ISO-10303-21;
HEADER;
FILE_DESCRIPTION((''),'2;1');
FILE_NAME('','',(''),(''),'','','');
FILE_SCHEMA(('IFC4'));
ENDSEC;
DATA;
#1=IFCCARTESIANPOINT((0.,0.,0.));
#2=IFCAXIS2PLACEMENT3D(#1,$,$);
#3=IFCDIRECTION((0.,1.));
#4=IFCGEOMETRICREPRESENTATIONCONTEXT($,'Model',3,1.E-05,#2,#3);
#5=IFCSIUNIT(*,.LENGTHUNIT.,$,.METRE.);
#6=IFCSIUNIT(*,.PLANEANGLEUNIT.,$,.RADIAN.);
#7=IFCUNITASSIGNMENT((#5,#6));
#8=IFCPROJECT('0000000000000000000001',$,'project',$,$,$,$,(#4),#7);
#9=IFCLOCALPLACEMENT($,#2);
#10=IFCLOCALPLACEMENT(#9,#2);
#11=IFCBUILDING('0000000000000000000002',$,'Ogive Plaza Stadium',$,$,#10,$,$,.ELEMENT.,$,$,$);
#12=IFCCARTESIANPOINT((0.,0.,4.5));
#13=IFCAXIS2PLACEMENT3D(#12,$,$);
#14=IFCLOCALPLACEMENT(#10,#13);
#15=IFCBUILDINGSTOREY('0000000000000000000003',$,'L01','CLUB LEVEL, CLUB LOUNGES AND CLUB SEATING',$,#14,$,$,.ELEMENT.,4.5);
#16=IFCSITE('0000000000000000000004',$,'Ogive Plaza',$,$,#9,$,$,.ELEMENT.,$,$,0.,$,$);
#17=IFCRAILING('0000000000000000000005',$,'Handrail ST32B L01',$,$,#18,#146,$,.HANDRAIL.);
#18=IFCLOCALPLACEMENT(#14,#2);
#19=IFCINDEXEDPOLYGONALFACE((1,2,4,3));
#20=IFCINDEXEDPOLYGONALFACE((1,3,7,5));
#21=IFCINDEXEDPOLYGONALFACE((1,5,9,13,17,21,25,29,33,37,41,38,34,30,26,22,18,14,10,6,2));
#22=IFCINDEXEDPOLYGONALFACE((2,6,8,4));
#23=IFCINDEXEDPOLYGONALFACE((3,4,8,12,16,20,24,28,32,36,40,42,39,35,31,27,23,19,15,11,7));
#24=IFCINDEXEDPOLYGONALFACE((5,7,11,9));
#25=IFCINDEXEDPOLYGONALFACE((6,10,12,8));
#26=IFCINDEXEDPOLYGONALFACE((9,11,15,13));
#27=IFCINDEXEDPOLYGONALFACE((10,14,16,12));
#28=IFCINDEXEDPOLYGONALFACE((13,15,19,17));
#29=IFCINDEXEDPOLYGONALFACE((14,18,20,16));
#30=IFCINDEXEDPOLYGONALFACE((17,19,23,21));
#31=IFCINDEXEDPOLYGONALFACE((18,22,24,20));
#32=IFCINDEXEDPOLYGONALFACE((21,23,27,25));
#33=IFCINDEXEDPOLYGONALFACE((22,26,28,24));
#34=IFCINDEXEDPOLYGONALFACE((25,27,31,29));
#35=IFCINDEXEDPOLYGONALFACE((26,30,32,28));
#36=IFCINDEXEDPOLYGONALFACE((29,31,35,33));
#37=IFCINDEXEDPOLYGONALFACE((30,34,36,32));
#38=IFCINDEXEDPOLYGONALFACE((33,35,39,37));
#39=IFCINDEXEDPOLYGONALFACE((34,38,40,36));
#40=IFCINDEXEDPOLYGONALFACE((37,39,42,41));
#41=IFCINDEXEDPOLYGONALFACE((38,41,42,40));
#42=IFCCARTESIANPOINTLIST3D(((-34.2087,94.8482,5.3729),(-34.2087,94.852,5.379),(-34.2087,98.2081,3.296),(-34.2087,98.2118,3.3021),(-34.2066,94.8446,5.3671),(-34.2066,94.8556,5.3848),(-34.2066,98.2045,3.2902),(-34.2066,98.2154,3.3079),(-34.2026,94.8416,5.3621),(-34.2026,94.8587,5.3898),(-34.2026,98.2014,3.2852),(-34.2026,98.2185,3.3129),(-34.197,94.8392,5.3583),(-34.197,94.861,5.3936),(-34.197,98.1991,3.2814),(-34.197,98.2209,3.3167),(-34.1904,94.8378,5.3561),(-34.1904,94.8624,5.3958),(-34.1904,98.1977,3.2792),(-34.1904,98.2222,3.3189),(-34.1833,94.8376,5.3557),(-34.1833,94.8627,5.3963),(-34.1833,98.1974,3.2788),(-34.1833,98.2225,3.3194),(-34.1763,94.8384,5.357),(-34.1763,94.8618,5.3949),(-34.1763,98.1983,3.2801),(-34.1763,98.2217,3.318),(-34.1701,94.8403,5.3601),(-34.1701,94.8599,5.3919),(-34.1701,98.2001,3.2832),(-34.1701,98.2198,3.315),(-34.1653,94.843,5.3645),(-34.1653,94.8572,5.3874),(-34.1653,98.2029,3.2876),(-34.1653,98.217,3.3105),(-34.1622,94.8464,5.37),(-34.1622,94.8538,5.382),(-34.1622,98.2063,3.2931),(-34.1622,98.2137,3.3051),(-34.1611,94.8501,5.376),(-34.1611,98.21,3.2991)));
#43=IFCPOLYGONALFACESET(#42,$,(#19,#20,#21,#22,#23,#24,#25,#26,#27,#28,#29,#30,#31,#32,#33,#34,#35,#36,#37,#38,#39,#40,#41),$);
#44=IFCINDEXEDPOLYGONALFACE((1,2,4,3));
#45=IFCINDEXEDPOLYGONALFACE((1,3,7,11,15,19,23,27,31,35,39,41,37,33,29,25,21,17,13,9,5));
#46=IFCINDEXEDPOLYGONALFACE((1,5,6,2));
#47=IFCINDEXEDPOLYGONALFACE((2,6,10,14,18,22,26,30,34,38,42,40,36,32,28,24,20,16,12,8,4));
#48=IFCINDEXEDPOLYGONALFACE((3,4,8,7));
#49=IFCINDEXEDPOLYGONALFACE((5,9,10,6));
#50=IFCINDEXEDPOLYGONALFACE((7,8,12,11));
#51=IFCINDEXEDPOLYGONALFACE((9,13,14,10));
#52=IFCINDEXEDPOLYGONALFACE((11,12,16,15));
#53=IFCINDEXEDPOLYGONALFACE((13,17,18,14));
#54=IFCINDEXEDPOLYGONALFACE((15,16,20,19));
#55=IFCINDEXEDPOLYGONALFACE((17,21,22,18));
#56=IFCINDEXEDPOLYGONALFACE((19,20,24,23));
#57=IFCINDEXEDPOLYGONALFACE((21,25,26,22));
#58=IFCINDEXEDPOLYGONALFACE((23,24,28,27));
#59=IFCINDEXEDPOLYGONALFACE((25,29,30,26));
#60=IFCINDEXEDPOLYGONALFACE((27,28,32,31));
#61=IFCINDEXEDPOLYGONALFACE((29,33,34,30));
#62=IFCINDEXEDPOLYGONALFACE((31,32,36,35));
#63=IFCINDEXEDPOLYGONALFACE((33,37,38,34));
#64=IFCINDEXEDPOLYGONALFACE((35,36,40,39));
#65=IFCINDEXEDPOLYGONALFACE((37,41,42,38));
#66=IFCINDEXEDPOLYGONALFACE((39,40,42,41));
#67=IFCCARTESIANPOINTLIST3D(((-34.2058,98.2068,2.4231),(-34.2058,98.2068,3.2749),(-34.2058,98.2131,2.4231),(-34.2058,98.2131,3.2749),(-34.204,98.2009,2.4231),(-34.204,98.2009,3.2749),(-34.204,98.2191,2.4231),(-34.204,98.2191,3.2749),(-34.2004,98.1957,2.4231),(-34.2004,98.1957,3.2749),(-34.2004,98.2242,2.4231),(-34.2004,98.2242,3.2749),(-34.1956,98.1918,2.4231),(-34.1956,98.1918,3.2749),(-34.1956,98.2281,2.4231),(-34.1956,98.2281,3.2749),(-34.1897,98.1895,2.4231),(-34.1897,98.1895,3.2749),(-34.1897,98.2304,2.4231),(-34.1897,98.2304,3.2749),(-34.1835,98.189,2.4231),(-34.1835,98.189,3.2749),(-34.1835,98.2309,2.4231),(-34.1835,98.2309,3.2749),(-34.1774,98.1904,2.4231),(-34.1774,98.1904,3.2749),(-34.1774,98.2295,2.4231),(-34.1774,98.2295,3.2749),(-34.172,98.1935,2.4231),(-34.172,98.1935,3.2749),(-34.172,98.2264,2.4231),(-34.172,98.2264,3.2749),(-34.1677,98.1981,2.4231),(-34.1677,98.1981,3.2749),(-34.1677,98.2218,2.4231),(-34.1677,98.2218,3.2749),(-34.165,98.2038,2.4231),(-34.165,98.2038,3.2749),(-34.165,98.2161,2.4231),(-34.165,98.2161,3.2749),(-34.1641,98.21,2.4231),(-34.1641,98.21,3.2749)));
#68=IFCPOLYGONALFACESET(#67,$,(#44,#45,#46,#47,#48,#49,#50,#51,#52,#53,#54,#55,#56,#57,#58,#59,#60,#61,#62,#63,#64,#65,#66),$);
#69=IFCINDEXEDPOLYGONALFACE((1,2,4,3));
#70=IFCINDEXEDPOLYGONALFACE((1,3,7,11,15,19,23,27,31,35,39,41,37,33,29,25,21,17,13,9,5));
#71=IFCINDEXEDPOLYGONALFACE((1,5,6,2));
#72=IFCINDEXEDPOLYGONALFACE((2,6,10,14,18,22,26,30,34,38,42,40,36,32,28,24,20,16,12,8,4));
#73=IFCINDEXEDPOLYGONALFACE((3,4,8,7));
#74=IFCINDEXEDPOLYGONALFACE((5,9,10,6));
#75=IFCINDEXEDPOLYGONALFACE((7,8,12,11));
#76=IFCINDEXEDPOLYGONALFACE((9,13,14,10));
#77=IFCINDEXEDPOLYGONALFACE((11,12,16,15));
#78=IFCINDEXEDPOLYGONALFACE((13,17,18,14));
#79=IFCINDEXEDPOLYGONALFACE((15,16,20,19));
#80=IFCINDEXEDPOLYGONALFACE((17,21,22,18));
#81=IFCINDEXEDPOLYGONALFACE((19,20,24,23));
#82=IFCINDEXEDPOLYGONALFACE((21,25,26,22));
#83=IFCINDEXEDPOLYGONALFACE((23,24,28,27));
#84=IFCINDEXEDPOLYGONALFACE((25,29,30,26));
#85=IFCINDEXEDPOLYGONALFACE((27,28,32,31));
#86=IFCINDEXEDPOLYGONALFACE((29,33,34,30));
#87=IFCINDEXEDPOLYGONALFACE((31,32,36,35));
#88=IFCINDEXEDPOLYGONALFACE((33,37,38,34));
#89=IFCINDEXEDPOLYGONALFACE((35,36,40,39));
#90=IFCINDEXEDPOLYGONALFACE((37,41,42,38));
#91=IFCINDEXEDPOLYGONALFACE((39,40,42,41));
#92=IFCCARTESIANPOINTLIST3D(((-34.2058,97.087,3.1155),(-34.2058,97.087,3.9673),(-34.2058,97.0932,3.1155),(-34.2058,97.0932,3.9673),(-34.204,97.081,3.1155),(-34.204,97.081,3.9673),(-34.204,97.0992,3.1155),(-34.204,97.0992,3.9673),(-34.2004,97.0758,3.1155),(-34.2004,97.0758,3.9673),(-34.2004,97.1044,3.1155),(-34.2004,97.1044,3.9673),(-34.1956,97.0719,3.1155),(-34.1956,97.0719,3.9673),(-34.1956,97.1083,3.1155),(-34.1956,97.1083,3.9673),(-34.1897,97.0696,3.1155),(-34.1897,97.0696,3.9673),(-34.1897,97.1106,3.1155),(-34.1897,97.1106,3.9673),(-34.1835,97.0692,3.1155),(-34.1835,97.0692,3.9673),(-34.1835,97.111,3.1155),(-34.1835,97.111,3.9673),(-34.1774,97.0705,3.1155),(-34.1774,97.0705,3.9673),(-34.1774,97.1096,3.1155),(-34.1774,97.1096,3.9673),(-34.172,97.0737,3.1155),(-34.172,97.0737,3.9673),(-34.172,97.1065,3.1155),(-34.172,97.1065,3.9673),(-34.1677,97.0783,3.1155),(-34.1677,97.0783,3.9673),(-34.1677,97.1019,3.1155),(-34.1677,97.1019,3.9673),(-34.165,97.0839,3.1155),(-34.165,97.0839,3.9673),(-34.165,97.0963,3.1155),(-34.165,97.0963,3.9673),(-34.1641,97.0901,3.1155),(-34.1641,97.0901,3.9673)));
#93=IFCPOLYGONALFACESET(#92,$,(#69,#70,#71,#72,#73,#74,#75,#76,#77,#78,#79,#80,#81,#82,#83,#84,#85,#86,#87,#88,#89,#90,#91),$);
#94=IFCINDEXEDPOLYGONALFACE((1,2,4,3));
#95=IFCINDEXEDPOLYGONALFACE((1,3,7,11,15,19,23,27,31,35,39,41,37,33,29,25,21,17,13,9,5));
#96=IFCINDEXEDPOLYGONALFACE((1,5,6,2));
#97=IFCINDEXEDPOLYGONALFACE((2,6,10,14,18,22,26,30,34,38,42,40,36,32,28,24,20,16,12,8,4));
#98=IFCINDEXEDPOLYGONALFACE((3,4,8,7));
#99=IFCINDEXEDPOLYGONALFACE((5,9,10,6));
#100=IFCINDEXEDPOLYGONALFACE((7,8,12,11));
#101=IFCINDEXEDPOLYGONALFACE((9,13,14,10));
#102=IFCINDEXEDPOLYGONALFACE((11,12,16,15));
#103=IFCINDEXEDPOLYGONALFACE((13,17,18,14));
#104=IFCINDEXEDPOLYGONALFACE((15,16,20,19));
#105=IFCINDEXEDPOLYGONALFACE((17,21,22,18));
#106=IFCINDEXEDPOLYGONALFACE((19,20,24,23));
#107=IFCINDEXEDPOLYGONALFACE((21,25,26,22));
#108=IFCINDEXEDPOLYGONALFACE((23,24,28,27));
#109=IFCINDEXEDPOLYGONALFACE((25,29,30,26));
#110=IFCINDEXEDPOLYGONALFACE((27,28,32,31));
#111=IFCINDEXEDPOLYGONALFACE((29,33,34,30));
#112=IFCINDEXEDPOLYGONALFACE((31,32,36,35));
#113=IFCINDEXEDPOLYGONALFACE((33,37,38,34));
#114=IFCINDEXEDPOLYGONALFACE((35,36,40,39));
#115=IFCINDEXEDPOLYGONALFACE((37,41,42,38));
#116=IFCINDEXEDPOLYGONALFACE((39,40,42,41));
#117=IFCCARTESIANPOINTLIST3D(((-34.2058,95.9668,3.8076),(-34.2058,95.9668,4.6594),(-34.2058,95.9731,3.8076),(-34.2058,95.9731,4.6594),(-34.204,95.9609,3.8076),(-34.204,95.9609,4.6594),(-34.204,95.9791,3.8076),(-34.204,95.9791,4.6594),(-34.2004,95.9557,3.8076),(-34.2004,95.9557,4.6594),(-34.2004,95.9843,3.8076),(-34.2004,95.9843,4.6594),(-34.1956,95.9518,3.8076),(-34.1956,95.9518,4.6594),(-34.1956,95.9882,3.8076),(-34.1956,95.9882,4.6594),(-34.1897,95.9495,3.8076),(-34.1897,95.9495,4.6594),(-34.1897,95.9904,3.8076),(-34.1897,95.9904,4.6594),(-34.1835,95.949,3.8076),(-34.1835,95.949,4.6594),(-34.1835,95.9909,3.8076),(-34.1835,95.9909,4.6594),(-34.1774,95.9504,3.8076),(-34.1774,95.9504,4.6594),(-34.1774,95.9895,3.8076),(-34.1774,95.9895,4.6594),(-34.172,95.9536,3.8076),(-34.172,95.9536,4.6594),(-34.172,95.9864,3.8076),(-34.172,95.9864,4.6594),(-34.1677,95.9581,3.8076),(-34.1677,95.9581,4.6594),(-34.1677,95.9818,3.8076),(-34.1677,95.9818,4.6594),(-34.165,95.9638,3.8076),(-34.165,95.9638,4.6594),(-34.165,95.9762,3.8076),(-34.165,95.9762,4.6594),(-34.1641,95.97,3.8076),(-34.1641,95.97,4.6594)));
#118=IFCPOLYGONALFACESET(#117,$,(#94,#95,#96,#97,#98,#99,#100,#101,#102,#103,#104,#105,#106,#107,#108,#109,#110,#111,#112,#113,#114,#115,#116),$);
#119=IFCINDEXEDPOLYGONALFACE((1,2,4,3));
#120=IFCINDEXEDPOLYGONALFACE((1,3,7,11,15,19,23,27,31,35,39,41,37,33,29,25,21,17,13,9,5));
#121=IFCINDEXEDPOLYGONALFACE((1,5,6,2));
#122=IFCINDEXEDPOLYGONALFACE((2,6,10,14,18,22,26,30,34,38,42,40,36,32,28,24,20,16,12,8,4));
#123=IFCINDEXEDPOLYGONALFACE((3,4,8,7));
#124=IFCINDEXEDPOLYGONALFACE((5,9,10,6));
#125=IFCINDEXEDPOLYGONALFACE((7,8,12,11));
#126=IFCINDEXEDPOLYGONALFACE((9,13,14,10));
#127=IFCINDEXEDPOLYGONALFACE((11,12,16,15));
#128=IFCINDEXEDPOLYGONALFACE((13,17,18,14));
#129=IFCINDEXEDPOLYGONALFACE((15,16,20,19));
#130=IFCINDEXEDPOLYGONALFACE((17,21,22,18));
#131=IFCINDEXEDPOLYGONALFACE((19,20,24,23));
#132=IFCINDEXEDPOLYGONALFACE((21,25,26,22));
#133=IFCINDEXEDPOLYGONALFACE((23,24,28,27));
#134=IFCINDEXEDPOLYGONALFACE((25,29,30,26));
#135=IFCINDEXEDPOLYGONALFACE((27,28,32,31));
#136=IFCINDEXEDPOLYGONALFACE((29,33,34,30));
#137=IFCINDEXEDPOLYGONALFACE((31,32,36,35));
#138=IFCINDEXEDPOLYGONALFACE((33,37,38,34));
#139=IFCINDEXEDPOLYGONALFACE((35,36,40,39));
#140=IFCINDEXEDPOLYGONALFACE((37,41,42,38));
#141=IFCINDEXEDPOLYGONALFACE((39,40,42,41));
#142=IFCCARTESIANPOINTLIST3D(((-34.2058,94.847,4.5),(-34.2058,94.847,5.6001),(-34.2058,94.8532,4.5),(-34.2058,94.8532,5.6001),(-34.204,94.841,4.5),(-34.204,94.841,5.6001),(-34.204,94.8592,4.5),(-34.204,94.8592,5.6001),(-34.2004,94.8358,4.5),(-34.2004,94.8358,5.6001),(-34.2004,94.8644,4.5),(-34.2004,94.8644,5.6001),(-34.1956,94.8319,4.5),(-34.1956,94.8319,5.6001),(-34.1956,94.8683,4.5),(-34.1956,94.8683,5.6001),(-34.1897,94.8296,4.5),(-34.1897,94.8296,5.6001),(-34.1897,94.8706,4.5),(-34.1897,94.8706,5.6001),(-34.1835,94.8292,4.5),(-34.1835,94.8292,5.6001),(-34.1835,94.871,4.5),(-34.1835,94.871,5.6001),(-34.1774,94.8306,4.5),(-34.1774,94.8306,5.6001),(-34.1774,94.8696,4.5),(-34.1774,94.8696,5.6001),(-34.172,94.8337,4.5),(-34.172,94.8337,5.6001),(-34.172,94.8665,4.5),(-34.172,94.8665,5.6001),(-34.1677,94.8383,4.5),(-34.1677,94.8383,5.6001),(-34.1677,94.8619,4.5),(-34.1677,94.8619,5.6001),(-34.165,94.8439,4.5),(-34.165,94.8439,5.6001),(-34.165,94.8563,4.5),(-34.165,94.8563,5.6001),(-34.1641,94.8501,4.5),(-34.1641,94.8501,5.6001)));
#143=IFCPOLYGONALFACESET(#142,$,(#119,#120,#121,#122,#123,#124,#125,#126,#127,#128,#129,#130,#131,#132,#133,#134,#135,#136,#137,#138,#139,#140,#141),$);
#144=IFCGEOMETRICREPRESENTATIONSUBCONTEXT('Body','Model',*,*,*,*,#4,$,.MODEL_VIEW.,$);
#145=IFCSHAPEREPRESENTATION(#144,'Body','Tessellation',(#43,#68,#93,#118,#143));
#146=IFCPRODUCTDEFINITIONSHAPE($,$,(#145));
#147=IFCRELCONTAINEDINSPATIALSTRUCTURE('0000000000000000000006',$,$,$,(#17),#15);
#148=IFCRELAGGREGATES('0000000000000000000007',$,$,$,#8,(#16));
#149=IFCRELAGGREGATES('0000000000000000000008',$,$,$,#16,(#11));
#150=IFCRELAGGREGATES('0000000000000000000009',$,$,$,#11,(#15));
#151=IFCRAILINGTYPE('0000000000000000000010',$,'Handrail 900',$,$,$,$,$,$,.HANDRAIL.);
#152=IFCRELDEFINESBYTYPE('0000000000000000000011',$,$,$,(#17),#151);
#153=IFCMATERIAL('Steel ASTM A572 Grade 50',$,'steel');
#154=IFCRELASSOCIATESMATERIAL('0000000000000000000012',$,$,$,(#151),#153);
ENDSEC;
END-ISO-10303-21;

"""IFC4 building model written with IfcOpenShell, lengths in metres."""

from ifc_helpers import new_model, si_unit, direction, frame, origin, origin_2d, place, context, subcontext, project, spatial, circle, extrude, material, type_object, element, save


model = new_model("IFC4")

# Units and contexts
model_context = context("Model", 3, precision=1e-05, world=origin(), true_north=direction((0.0, 1.0)))
body_context = subcontext(model_context, "Body", "Model", "MODEL_VIEW")
ifc_project = project(units=[si_unit("LENGTHUNIT", "METRE"), si_unit("PLANEANGLEUNIT", "RADIAN")], contexts=[model_context])

# Site, building, storey
site_placement = place(None, origin())
site = spatial("IfcSite", under=ifc_project, at=site_placement, Name="Ogive Plaza", CompositionType="ELEMENT", RefElevation=0.0)
building_placement = place(site_placement, origin())
building = spatial("IfcBuilding", under=site, at=building_placement, Name="Ogive Plaza Stadium", CompositionType="ELEMENT")
storey_placement = place(building_placement, frame((0.0, 0.0, 4.5)))
storey = spatial("IfcBuildingStorey", under=building, at=storey_placement, Name="L01", Description="CLUB LEVEL, CLUB LOUNGES AND CLUB SEATING", CompositionType="ELEMENT", Elevation=4.5)

# Railing
ifc_material_1 = material(Name="Steel ASTM A572 Grade 50", Category="steel")
railing_type_1 = type_object("IfcRailingType", Name="Handrail 900", PredefinedType="HANDRAIL", material=ifc_material_1)
for number, where, name in (
    (1, (-34.1851, 98.21, 2.4231), "Handrail ST32B L01"),
):
    element("IfcRailing", number, at=place(storey_placement, frame(where)), inside=storey, type_object=railing_type_1, Name=name, PredefinedType="HANDRAIL", context=body_context, shape_type="SweptSolid", body=[
        extrude(circle(Radius=0.0239, at=origin_2d()), frame((0.0, 0.0, 0.876), z_axis=(0.0, -0.850606, 0.525803), x_axis=(1.0, 0.0, 0.0)), (0.0, 0.0, 1.0), 3.95),
        extrude(circle(Radius=0.021, at=origin_2d()), origin(), (0.0, 0.0, 1.0), 0.8518),
        extrude(circle(Radius=0.021, at=origin_2d()), frame((0.0, -1.1199, 0.6924)), (0.0, 0.0, 1.0), 0.8518),
        extrude(circle(Radius=0.021, at=origin_2d()), frame((0.0, -2.24, 1.3845)), (0.0, 0.0, 1.0), 0.8518),
        extrude(circle(Radius=0.021, at=origin_2d()), frame((0.0, -3.3599, 2.0769)), (0.0, 0.0, 1.0), 1.1001),
    ])

save(model, "model.ifc")
